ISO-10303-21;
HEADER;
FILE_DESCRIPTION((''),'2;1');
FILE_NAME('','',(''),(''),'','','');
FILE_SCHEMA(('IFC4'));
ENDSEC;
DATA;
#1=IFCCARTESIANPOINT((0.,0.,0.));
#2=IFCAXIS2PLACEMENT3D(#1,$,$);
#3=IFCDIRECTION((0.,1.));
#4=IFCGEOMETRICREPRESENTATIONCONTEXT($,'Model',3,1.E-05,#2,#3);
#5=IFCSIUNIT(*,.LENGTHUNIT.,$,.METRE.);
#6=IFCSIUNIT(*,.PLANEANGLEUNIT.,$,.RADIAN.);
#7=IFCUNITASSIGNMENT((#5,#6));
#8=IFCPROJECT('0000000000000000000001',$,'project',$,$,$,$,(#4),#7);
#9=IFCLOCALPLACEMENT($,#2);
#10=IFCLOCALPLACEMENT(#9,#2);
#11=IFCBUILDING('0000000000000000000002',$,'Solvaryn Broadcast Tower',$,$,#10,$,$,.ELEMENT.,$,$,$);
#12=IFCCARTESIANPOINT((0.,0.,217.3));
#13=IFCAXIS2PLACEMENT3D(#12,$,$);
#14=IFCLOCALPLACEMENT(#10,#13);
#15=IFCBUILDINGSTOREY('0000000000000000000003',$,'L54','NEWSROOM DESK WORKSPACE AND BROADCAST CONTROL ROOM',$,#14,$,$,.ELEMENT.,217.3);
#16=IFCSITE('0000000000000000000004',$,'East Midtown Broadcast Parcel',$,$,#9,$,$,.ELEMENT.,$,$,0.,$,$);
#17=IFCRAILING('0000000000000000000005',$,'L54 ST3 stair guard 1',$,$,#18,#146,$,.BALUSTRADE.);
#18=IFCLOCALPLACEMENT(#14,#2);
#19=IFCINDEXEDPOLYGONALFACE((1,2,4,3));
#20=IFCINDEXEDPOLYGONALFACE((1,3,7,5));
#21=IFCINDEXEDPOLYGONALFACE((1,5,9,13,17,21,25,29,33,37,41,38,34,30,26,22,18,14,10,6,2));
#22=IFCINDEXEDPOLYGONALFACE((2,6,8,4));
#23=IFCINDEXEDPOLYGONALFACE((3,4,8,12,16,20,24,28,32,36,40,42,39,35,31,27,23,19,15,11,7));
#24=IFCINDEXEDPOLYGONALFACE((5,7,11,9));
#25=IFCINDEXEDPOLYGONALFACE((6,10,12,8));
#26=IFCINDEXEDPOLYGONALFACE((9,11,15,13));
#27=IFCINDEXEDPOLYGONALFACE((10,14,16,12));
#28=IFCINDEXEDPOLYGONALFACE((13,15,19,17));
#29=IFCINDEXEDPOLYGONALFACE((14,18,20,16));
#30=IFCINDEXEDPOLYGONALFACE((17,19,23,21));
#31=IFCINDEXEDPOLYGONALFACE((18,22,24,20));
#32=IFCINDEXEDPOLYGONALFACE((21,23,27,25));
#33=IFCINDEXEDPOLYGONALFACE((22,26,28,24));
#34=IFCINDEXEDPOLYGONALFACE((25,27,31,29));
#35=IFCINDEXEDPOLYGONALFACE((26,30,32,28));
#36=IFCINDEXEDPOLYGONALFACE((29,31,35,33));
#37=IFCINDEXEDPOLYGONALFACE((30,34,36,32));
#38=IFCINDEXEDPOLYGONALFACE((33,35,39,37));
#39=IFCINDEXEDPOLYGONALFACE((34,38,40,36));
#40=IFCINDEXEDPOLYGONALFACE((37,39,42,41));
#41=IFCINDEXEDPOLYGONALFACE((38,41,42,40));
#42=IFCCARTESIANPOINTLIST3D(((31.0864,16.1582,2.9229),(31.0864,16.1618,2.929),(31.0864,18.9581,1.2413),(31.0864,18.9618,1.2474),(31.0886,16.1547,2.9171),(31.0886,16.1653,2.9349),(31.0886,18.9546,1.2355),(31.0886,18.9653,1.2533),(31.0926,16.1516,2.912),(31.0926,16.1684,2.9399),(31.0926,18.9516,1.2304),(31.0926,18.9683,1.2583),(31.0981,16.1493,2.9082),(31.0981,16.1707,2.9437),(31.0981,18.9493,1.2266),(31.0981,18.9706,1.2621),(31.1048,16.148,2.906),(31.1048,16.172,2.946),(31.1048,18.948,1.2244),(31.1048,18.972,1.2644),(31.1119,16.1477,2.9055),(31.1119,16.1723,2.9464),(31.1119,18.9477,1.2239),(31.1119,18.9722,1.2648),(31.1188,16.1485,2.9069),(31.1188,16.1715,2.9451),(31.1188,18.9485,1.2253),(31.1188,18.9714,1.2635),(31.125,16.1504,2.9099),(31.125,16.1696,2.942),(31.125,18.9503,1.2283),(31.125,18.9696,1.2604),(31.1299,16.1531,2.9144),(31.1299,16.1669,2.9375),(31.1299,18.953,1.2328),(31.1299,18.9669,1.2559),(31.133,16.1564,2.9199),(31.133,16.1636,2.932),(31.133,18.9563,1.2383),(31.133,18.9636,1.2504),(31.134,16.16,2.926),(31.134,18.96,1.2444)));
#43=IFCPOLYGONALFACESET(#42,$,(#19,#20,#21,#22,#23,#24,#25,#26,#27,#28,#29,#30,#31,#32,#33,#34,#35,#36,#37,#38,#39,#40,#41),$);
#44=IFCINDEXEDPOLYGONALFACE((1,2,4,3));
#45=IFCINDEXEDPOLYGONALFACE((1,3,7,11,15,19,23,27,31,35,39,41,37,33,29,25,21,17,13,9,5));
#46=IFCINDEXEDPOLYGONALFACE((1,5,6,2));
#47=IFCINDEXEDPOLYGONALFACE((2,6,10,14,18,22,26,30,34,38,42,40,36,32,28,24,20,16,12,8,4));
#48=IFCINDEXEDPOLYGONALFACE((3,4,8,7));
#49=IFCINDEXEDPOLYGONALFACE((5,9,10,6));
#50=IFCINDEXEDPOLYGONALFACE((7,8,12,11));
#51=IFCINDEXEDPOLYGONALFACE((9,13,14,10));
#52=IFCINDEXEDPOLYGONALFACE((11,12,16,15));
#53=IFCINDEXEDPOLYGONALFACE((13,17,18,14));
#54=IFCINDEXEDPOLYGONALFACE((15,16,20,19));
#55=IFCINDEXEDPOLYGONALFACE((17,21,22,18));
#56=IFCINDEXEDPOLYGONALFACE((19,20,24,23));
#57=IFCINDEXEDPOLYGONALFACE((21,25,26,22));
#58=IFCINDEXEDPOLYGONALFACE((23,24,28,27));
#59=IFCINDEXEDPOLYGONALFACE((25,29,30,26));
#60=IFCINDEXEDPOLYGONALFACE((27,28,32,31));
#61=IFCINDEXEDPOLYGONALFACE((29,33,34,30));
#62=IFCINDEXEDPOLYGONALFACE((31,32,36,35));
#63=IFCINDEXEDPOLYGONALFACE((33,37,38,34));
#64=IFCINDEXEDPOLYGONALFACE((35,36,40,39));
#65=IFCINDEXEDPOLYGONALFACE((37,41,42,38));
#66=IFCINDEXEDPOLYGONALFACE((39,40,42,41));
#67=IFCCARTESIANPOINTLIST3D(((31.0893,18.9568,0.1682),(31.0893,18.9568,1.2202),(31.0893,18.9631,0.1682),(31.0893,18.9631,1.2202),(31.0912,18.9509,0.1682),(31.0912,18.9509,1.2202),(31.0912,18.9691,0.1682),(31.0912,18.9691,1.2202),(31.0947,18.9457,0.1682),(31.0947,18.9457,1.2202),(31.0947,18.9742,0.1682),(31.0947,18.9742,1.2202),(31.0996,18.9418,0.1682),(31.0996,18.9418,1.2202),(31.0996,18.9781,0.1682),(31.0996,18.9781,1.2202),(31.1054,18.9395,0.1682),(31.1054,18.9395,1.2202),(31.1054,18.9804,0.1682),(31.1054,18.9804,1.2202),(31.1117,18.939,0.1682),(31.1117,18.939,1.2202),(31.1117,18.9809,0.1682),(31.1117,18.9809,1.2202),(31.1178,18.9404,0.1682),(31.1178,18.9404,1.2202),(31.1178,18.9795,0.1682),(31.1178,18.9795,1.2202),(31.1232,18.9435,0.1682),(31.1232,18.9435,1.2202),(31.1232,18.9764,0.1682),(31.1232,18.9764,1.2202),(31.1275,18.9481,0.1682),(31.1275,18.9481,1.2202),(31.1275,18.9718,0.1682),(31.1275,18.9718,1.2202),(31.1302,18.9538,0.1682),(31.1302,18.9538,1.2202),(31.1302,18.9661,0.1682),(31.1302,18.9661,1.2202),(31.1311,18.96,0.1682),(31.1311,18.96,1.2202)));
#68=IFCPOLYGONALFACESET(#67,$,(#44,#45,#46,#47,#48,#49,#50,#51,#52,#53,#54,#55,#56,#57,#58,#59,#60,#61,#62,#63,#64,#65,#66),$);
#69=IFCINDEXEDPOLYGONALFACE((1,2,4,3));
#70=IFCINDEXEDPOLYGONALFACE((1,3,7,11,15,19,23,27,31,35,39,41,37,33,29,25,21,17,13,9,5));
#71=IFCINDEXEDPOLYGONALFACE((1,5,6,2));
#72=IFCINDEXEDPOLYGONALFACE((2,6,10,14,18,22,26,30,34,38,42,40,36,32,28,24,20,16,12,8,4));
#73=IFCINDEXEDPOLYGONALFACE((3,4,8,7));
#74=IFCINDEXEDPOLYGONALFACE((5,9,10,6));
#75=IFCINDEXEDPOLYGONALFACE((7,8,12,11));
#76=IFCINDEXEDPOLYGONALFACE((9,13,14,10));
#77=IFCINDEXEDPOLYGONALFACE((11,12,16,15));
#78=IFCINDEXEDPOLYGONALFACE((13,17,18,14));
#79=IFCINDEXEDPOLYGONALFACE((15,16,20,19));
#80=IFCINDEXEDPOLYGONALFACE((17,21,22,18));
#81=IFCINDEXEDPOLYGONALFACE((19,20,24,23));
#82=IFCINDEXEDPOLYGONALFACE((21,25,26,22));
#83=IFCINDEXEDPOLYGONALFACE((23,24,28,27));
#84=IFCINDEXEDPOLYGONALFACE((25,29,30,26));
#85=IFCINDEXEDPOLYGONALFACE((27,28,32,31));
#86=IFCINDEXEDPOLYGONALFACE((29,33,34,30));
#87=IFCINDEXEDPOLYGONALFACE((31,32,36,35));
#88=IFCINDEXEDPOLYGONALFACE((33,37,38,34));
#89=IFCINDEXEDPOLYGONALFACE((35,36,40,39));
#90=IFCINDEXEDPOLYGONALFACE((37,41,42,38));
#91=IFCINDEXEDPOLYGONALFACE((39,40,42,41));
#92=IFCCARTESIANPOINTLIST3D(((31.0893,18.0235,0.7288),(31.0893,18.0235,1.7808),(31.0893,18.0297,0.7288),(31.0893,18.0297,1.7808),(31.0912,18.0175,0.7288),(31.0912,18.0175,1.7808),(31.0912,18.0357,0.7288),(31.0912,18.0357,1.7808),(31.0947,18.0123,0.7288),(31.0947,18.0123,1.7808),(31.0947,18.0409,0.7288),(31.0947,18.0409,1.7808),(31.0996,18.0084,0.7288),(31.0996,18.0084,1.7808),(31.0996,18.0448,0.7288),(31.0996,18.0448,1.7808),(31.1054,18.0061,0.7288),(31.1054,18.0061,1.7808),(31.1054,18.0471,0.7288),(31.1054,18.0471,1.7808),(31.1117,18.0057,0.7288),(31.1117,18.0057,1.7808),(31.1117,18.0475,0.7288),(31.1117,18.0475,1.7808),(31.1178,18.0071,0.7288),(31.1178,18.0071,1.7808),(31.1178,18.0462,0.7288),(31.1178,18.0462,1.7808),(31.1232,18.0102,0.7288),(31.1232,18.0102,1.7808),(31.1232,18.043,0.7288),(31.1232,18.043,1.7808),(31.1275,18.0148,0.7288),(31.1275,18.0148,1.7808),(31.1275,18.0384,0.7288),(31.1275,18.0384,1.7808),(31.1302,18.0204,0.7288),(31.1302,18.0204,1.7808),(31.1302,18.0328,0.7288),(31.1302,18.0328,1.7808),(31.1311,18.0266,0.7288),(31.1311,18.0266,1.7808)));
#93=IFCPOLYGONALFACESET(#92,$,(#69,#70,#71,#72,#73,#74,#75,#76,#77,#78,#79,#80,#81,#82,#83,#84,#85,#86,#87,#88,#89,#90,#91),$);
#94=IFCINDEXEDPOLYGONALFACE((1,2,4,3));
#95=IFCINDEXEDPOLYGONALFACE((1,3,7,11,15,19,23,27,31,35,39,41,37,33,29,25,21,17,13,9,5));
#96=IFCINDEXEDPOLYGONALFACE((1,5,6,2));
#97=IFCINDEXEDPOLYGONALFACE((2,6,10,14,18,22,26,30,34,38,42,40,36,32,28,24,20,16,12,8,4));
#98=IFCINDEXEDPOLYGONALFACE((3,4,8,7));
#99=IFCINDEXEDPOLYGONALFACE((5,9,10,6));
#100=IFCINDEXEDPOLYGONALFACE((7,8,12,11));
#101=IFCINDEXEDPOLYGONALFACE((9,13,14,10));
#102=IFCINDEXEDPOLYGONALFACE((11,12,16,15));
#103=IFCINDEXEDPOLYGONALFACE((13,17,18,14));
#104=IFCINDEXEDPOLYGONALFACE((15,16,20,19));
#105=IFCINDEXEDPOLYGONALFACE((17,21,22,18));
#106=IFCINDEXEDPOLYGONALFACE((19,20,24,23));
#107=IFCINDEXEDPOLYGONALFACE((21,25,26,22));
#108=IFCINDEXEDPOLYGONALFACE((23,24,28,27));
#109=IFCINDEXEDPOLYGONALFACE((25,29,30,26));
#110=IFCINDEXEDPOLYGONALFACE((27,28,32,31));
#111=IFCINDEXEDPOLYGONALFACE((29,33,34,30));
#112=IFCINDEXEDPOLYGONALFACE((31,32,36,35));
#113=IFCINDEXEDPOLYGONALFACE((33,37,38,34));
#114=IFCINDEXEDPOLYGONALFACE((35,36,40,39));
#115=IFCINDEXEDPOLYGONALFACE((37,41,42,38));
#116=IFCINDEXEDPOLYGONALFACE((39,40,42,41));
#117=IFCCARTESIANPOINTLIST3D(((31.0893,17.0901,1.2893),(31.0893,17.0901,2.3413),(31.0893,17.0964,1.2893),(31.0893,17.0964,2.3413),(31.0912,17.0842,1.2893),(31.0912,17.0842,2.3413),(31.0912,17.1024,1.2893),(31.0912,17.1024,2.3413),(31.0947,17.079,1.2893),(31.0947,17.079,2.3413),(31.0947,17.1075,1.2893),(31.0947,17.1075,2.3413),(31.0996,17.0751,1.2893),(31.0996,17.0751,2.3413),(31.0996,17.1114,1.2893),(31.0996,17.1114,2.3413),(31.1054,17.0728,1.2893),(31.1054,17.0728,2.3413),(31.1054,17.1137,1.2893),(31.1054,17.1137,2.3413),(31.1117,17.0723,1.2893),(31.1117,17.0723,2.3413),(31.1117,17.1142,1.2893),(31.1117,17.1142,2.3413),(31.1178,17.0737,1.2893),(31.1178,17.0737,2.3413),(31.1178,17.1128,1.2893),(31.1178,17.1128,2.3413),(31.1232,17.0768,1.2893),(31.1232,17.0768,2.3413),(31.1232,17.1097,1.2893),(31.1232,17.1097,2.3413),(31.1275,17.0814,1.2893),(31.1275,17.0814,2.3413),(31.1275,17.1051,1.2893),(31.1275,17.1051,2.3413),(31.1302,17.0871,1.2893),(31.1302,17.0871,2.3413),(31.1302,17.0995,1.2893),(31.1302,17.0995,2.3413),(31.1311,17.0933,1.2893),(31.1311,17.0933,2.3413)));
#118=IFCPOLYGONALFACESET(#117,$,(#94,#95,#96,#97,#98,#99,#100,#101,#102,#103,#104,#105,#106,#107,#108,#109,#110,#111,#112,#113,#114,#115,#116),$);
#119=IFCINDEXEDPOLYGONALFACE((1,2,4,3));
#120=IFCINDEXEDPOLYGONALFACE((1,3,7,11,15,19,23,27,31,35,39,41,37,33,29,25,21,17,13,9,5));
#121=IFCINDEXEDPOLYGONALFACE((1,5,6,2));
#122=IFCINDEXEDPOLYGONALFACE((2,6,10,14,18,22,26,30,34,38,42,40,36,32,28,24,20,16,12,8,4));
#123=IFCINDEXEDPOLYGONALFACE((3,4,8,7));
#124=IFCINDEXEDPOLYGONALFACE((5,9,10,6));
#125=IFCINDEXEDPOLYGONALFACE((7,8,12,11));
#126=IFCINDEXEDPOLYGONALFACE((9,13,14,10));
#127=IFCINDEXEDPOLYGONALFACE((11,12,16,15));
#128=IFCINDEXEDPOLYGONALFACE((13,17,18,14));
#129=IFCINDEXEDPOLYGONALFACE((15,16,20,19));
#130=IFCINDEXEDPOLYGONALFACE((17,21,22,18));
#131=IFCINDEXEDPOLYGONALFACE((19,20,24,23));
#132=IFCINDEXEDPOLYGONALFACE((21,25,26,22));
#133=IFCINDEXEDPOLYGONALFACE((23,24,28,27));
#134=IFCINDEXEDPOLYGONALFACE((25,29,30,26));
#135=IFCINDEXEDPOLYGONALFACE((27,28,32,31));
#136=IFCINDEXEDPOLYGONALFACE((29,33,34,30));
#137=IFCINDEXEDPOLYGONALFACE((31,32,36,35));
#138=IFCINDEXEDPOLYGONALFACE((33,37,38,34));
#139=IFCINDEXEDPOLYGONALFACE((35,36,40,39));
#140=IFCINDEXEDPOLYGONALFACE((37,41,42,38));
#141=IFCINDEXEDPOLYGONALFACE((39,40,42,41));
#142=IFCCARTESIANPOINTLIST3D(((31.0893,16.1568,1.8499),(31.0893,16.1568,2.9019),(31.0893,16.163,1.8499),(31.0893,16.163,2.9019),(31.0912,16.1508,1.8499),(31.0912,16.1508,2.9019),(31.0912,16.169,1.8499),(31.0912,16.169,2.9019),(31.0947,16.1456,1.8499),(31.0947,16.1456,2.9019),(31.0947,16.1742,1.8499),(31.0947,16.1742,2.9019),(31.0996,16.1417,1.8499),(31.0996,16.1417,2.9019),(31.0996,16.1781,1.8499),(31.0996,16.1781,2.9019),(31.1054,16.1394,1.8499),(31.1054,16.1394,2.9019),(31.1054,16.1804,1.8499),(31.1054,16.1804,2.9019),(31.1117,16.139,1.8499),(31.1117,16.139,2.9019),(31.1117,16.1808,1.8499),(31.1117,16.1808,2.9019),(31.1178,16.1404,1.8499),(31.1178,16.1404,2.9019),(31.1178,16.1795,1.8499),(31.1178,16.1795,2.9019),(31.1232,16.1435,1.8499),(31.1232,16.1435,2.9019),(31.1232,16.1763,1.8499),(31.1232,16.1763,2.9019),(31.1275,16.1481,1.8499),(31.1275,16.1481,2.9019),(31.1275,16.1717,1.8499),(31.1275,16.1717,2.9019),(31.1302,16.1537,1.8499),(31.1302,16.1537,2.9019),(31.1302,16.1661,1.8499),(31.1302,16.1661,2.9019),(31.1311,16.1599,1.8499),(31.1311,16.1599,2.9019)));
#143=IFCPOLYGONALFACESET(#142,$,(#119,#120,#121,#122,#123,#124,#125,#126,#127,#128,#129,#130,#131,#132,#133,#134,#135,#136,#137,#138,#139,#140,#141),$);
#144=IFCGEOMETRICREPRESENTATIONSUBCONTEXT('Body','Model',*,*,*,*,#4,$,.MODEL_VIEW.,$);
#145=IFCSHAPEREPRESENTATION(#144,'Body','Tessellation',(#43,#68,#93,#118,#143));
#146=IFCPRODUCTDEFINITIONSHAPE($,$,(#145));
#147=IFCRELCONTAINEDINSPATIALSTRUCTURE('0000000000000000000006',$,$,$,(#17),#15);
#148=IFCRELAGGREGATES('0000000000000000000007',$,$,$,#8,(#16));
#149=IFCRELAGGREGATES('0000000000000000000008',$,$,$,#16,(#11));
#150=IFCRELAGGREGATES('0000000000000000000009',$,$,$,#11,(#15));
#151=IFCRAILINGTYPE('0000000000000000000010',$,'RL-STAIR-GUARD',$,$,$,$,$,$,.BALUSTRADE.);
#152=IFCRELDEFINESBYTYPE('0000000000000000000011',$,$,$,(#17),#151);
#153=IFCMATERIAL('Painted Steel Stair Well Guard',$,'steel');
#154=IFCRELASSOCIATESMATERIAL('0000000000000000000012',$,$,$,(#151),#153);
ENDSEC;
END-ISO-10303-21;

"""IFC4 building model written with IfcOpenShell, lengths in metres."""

from ifc_helpers import new_model, si_unit, direction, frame, origin, origin_2d, place, context, subcontext, project, spatial, circle, extrude, material, type_object, element, save


model = new_model("IFC4")

# Units and contexts
model_context = context("Model", 3, precision=1e-05, world=origin(), true_north=direction((0.0, 1.0)))
body_context = subcontext(model_context, "Body", "Model", "MODEL_VIEW")
ifc_project = project(units=[si_unit("LENGTHUNIT", "METRE"), si_unit("PLANEANGLEUNIT", "RADIAN")], contexts=[model_context])

# Site, building, storey
site_placement = place(None, origin())
site = spatial("IfcSite", under=ifc_project, at=site_placement, Name="East Midtown Broadcast Parcel", CompositionType="ELEMENT", RefElevation=0.0)
building_placement = place(site_placement, origin())
building = spatial("IfcBuilding", under=site, at=building_placement, Name="Solvaryn Broadcast Tower", CompositionType="ELEMENT")
storey_placement = place(building_placement, frame((0.0, 0.0, 217.3)))
storey = spatial("IfcBuildingStorey", under=building, at=storey_placement, Name="L54", Description="NEWSROOM DESK WORKSPACE AND BROADCAST CONTROL ROOM", CompositionType="ELEMENT", Elevation=217.3)

# Railing
ifc_material_1 = material(Name="Painted Steel Stair Well Guard", Category="steel")
railing_type_1 = type_object("IfcRailingType", Name="RL-STAIR-GUARD", PredefinedType="BALUSTRADE", material=ifc_material_1)
railing_1_placement = place(storey_placement, frame((31.1101, 18.96, 0.1682)))
element("IfcRailing", 1, at=railing_1_placement, inside=storey, type_object=railing_type_1, Name="L54 ST3 stair guard 1", PredefinedType="BALUSTRADE", context=body_context, shape_type="SweptSolid", body=[
    extrude(circle(Radius=0.0239, at=origin_2d()), frame((0.0, 0.0, 1.0762), z_axis=(0.0, -0.857275, 0.514858), x_axis=(1.0, 0.0, 0.0)), (0.0, 0.0, 1.0), 3.2661),
    extrude(circle(Radius=0.021, at=origin_2d()), origin(), (0.0, 0.0, 1.0), 1.052),
    extrude(circle(Radius=0.021, at=origin_2d()), frame((0.0, -0.9333, 0.5605)), (0.0, 0.0, 1.0), 1.052),
    extrude(circle(Radius=0.021, at=origin_2d()), frame((0.0, -1.8667, 1.1211)), (0.0, 0.0, 1.0), 1.052),
    extrude(circle(Radius=0.021, at=origin_2d()), frame((0.0, -2.8, 1.6816)), (0.0, 0.0, 1.0), 1.052),
])

save(model, "model.ifc")
